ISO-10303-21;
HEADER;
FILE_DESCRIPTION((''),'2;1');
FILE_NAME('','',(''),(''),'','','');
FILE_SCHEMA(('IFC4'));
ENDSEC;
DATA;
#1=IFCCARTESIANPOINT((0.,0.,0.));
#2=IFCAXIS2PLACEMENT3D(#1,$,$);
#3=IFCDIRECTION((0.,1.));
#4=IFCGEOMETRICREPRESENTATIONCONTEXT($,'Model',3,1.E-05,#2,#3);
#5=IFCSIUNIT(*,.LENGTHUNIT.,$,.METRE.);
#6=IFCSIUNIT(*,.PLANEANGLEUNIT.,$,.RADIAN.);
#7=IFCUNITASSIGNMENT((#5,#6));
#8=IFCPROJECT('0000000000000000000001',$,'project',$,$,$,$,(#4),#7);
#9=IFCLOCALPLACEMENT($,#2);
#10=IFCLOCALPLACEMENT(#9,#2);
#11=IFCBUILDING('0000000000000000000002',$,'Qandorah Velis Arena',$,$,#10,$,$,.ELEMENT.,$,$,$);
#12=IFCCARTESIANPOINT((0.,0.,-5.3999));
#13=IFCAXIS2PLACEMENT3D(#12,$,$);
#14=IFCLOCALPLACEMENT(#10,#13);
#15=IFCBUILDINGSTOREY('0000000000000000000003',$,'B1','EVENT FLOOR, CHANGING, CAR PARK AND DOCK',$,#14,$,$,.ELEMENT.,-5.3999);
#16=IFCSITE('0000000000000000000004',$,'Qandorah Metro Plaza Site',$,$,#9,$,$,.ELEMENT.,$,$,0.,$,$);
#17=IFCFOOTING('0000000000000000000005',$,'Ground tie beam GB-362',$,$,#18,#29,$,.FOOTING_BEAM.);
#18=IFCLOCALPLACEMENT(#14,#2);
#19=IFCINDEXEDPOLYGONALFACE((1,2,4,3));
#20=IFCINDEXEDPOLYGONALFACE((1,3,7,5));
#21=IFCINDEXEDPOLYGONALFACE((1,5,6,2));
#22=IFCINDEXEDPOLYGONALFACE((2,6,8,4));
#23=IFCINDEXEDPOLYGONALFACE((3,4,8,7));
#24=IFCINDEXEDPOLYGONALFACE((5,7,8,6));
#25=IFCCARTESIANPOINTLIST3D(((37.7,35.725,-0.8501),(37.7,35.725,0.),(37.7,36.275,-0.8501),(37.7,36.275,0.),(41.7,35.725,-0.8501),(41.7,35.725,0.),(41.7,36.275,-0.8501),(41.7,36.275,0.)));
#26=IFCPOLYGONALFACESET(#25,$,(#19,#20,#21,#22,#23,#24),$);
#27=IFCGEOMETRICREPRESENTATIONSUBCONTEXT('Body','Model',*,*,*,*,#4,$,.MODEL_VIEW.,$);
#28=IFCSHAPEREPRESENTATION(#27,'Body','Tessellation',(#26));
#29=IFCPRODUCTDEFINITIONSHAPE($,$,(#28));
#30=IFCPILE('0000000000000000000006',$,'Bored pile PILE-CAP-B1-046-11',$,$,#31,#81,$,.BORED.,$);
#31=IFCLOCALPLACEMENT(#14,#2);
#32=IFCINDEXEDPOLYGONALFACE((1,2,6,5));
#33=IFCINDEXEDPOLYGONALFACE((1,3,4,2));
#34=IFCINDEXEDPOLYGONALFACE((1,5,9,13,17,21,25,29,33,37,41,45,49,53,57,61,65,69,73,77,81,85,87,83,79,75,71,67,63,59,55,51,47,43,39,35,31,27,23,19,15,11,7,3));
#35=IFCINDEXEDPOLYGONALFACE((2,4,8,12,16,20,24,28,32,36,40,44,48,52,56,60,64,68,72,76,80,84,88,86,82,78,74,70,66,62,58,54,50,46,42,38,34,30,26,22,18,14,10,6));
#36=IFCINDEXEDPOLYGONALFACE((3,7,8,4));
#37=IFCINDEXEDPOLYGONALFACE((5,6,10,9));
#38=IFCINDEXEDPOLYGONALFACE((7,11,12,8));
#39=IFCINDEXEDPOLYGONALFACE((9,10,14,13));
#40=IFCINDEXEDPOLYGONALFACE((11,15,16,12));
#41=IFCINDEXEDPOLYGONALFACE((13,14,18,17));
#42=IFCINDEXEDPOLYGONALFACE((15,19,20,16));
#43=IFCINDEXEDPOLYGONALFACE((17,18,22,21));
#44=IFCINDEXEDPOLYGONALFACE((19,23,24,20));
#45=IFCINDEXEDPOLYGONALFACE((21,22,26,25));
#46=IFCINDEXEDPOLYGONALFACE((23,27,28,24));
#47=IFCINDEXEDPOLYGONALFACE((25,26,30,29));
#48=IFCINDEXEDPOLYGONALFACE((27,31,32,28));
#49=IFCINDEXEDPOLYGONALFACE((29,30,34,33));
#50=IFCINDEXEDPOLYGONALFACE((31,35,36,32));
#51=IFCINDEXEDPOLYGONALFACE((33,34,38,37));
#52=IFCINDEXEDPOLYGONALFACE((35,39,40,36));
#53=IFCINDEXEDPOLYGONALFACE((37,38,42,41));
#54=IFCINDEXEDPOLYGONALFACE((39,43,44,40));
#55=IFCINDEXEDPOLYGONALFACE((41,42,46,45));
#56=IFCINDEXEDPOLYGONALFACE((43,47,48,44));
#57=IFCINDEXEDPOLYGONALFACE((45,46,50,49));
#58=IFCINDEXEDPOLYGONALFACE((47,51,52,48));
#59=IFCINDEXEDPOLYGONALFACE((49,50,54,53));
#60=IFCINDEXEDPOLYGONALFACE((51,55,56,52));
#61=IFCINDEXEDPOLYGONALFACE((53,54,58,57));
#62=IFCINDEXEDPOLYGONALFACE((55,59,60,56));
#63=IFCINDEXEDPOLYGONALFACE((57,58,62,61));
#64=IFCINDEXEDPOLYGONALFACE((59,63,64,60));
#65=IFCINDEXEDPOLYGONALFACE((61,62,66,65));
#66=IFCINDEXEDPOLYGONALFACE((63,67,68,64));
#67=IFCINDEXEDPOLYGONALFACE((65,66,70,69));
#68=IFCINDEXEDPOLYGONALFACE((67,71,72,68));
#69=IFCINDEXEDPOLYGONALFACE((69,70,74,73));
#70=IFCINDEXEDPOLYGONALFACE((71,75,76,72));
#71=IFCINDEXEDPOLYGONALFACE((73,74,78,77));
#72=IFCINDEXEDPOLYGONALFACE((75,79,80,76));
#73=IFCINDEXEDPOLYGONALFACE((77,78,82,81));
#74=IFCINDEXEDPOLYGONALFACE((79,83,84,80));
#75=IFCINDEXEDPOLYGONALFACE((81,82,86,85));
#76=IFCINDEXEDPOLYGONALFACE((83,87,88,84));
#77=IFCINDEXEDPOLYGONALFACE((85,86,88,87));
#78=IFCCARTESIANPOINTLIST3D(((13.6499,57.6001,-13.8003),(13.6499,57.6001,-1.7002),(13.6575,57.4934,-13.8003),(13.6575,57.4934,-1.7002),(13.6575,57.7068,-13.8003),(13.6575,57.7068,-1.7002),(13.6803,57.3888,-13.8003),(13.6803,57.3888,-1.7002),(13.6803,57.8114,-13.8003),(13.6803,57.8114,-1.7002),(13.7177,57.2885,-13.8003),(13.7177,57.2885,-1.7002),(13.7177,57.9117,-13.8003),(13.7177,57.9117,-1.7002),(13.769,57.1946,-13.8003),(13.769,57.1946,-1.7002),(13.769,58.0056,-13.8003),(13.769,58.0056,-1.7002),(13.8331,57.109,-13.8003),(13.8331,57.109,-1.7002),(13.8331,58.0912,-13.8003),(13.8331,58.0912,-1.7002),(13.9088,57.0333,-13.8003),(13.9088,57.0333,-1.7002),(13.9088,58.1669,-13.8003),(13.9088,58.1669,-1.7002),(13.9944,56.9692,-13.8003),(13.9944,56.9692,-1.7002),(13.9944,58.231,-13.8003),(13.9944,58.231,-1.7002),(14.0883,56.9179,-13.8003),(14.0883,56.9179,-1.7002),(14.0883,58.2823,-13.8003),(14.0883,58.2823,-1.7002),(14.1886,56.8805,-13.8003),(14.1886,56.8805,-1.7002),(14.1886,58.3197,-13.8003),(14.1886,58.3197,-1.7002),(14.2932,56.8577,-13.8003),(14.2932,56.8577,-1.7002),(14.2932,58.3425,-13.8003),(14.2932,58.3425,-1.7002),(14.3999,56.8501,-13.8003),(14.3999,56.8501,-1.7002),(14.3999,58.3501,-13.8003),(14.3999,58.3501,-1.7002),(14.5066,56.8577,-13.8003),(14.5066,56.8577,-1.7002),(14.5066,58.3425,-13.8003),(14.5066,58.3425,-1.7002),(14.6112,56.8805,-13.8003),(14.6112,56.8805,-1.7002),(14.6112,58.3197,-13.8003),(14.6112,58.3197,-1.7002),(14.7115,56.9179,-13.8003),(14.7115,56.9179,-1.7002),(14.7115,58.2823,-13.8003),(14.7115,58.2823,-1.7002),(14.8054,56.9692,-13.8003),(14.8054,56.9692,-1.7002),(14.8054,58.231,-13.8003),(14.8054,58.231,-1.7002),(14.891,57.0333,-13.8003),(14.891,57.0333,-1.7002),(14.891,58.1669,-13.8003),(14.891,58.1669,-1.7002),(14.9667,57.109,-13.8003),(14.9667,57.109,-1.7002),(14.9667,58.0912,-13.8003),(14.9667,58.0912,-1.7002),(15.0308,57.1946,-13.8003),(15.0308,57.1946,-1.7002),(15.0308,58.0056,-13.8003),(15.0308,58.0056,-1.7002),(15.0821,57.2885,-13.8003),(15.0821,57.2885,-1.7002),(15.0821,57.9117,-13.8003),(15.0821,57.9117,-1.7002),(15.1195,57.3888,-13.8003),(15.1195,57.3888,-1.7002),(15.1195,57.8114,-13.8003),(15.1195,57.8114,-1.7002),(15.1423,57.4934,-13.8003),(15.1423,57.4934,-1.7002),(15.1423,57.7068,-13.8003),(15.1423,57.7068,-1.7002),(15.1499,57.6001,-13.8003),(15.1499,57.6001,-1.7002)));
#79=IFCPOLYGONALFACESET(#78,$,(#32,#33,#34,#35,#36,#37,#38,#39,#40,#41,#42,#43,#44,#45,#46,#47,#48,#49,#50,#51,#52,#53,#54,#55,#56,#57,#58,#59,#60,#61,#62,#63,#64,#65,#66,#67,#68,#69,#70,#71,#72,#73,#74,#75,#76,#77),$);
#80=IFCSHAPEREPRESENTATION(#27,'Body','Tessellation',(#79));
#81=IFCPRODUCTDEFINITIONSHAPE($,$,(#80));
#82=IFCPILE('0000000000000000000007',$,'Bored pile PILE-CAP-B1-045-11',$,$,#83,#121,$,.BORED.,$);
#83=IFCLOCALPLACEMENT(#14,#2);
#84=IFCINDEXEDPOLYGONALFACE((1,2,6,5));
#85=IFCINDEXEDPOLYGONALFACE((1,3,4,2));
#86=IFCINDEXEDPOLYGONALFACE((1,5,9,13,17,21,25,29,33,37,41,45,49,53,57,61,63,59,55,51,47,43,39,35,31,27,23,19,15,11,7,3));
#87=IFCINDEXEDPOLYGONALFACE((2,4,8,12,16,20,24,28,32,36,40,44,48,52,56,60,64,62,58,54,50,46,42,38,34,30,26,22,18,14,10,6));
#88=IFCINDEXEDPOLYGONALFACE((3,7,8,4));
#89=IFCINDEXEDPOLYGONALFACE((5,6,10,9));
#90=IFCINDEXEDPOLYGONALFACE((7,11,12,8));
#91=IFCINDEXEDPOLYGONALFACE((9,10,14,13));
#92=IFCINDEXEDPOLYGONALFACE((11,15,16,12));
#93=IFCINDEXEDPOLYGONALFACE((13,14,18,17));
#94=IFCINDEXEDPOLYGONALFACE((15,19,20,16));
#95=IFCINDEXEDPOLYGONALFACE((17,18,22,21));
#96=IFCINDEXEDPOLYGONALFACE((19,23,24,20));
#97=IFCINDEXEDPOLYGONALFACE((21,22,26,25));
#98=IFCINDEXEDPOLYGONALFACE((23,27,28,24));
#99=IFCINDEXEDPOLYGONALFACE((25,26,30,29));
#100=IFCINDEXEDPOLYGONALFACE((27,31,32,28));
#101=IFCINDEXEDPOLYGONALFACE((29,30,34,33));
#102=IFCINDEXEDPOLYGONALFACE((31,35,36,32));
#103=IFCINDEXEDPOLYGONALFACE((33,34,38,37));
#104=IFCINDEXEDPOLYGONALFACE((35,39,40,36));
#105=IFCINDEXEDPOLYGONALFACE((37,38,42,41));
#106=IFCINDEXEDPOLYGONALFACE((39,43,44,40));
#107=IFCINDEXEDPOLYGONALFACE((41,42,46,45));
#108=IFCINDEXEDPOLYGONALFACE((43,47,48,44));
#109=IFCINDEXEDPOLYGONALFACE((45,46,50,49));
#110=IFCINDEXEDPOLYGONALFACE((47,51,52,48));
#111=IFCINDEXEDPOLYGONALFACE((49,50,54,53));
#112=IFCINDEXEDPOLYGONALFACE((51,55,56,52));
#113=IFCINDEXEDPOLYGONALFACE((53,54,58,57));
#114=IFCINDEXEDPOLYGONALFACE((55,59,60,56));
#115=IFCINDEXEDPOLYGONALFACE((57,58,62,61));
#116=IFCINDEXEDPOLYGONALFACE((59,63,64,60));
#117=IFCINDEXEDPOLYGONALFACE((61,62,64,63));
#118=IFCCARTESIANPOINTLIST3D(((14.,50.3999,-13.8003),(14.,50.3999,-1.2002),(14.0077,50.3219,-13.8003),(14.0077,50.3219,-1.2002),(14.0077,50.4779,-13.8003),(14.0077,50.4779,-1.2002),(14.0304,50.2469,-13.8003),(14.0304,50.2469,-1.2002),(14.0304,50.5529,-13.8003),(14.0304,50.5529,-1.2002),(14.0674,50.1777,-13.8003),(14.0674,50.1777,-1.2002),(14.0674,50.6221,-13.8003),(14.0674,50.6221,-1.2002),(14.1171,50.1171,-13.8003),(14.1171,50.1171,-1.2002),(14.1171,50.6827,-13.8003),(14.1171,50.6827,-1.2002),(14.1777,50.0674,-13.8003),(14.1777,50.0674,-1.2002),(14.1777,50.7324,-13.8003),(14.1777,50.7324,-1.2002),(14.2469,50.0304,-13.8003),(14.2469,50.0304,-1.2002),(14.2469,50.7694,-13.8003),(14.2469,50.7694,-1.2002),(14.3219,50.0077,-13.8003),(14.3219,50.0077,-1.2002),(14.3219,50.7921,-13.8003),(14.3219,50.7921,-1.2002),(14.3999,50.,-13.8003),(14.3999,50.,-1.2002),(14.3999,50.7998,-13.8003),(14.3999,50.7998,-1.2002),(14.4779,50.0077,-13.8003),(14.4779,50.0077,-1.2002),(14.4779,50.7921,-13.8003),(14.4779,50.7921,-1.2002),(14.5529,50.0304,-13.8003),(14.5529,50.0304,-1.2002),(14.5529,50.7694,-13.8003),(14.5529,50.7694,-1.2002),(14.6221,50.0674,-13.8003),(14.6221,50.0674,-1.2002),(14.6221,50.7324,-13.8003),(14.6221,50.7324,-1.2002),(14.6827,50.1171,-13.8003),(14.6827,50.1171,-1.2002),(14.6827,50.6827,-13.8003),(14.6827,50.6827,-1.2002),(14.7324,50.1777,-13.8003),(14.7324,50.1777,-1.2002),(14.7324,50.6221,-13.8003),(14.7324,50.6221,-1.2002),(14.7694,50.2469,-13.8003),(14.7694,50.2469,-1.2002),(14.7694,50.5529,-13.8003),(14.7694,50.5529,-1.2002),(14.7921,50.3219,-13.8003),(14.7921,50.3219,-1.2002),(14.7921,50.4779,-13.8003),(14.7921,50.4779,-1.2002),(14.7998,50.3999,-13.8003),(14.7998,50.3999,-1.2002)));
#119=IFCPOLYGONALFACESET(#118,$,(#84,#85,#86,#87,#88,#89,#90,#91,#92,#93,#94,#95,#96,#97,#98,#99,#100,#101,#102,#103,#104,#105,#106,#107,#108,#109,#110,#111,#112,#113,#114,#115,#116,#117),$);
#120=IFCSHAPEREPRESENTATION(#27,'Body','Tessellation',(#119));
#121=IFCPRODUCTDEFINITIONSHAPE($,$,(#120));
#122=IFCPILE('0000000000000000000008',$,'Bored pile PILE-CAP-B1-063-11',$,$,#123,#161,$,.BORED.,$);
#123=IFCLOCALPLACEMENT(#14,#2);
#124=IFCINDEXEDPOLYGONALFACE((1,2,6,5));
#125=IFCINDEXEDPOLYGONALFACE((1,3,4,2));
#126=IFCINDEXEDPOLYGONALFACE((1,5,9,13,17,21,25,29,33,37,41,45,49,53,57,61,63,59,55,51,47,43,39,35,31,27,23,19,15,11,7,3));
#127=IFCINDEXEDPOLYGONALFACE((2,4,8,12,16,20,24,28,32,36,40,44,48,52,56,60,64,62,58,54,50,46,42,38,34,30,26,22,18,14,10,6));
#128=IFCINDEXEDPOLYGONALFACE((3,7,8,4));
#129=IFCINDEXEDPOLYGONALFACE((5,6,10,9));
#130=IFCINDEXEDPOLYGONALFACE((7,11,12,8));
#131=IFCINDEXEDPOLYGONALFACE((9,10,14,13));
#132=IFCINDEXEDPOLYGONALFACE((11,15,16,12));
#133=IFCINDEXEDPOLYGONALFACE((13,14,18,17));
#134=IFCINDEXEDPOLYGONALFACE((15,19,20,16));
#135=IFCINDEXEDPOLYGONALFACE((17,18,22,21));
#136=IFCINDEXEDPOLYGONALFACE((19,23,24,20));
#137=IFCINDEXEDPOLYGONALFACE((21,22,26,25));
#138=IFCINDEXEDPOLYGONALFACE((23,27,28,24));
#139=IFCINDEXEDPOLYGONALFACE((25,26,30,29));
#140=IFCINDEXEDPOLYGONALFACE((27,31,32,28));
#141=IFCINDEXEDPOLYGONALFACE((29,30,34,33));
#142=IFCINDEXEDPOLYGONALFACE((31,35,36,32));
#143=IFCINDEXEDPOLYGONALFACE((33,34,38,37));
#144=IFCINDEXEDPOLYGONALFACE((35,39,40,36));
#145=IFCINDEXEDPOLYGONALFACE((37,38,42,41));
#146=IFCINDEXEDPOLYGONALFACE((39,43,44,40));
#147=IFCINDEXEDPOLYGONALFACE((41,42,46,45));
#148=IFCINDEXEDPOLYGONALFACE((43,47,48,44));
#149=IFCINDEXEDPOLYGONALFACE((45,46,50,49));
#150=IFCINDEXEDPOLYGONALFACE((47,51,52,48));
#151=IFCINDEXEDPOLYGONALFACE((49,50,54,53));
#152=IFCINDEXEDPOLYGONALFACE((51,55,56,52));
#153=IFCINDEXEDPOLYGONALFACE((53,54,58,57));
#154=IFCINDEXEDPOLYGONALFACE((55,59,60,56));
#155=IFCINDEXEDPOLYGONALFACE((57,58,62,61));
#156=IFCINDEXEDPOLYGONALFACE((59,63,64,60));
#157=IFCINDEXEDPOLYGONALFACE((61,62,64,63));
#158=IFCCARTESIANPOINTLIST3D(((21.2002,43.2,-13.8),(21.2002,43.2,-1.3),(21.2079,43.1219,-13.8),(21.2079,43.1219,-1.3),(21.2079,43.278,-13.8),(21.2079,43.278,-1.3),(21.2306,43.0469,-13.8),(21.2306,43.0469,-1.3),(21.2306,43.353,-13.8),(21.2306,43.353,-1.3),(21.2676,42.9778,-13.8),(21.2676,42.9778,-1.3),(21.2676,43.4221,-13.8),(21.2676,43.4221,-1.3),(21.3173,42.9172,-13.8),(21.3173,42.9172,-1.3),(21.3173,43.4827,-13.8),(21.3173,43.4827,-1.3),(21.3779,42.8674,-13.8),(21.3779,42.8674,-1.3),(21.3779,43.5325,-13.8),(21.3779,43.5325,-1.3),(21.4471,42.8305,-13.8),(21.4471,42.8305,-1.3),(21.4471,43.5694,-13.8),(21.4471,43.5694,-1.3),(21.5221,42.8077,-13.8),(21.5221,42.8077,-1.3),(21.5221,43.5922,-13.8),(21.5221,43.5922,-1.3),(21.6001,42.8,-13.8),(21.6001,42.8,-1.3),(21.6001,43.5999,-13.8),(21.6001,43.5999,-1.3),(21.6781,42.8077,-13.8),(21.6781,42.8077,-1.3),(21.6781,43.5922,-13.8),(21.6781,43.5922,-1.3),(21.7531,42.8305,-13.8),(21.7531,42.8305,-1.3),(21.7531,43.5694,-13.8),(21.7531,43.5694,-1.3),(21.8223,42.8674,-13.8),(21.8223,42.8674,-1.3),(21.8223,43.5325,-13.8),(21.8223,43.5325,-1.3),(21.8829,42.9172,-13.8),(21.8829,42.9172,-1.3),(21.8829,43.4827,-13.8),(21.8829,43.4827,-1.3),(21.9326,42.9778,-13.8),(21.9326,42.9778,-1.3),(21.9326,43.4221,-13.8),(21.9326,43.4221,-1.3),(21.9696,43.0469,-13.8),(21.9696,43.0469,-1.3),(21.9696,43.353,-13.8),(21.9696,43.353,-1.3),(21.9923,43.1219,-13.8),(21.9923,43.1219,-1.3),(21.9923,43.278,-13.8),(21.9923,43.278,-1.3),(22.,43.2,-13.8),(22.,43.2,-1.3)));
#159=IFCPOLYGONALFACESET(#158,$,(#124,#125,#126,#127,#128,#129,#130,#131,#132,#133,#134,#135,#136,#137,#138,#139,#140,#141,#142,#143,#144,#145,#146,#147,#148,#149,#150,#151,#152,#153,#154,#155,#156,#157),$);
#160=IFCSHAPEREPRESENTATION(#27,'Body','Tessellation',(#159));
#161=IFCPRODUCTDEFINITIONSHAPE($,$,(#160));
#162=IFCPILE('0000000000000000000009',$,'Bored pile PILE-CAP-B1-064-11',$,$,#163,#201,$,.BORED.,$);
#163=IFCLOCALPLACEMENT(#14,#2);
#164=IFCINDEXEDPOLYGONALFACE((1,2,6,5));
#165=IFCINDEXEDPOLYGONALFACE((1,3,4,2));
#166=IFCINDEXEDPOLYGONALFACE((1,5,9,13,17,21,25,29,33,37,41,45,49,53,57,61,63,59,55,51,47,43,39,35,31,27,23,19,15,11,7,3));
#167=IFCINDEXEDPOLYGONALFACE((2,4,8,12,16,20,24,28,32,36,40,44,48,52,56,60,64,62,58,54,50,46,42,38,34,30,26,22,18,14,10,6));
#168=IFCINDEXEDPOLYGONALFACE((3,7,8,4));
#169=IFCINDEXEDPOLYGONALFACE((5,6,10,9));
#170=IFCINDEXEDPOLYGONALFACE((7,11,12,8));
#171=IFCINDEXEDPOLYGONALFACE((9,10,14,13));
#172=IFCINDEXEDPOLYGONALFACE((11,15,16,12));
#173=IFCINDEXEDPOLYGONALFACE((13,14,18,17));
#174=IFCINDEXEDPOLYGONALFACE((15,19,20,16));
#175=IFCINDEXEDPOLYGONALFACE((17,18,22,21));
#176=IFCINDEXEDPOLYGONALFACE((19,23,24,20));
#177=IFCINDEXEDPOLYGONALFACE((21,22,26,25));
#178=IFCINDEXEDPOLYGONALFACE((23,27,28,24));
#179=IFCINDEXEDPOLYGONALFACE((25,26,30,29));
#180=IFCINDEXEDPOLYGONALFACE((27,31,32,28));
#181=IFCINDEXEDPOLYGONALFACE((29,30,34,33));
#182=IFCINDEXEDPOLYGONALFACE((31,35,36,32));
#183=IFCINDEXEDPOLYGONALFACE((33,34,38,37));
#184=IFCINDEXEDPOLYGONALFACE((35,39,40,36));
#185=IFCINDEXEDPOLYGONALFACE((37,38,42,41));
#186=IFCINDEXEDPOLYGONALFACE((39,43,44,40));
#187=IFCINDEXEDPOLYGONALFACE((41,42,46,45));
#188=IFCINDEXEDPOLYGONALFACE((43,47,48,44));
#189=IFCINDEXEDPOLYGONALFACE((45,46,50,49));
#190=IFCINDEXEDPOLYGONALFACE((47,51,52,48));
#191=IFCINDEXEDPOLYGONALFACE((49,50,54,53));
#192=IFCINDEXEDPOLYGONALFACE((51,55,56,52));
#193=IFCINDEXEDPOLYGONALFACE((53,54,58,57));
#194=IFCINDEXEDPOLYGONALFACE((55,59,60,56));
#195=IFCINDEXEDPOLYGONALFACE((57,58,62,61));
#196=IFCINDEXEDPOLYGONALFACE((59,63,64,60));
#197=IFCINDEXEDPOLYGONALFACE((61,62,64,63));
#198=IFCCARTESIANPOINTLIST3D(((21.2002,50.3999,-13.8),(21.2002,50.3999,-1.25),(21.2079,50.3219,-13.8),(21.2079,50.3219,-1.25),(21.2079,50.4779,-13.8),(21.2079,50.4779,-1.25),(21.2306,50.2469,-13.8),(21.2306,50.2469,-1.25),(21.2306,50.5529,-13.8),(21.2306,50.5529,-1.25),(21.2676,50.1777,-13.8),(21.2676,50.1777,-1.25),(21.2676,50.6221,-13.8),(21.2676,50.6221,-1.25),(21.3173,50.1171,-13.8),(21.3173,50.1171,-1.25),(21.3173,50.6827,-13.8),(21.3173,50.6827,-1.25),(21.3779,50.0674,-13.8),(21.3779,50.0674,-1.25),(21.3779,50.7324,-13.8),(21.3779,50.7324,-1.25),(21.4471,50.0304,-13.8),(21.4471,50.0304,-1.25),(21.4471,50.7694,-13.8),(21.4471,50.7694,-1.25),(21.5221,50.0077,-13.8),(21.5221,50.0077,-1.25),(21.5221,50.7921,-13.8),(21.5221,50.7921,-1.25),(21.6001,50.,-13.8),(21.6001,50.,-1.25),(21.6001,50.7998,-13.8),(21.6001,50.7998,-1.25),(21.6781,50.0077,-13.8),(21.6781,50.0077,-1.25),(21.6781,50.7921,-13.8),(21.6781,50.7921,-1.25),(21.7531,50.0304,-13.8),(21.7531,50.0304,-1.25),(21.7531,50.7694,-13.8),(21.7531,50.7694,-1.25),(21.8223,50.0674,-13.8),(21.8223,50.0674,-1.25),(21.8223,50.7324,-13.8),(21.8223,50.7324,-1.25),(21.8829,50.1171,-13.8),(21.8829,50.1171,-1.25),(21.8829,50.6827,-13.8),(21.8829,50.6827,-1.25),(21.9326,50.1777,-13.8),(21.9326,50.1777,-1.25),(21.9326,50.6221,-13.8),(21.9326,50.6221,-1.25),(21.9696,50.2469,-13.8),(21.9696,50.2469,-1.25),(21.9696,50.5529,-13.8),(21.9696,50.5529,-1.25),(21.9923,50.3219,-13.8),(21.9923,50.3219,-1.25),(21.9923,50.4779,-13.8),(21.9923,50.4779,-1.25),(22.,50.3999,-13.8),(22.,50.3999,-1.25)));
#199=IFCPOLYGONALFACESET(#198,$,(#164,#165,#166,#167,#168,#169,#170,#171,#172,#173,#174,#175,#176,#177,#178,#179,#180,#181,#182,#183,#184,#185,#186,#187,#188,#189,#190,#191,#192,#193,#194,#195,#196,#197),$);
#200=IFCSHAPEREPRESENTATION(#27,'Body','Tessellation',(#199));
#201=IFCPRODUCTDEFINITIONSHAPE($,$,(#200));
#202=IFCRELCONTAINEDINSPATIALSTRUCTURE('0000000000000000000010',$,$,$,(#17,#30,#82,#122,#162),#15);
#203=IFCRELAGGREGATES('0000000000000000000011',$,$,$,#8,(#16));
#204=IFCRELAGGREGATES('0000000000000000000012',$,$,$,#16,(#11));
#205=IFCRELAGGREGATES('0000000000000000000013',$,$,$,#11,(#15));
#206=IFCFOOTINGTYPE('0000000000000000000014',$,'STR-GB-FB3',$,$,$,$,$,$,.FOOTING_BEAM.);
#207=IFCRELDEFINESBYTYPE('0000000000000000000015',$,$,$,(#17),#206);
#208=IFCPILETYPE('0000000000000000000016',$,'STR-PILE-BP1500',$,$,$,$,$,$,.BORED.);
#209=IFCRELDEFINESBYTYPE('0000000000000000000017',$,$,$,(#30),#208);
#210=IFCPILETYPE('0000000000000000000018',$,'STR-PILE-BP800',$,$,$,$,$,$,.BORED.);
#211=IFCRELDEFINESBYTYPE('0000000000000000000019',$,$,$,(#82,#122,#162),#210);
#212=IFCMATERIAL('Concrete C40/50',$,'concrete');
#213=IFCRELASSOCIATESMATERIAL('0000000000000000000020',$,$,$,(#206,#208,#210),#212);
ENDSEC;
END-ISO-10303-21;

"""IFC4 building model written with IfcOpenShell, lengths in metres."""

from ifc_helpers import new_model, si_unit, direction, frame, origin, origin_2d, place, context, subcontext, project, spatial, rectangle, circle, extrude, material, material_profile, profile_set, type_object, element, save


model = new_model("IFC4")

# Units and contexts
model_context = context("Model", 3, precision=1e-05, world=origin(), true_north=direction((0.0, 1.0)))
body_context = subcontext(model_context, "Body", "Model", "MODEL_VIEW")
ifc_project = project(units=[si_unit("LENGTHUNIT", "METRE"), si_unit("PLANEANGLEUNIT", "RADIAN")], contexts=[model_context])

# Site, building, storey
site_placement = place(None, origin())
site = spatial("IfcSite", under=ifc_project, at=site_placement, Name="Qandorah Metro Plaza Site", CompositionType="ELEMENT", RefElevation=0.0)
building_placement = place(site_placement, origin())
building = spatial("IfcBuilding", under=site, at=building_placement, Name="Qandorah Velis Arena", CompositionType="ELEMENT")
storey_placement = place(building_placement, frame((0.0, 0.0, -5.3999)))
storey = spatial("IfcBuildingStorey", under=building, at=storey_placement, Name="B1", Description="EVENT FLOOR, CHANGING, CAR PARK AND DOCK", CompositionType="ELEMENT", Elevation=-5.3999)

# Footing
ifc_material_1 = material(Name="Concrete C40/50", Category="concrete")
ifc_material_profile_1 = material_profile(ifc_material_1, rectangle(XDim=0.55, YDim=0.8501, at=origin_2d()), Name="GB3 550x850")
ifc_profile_set_1 = profile_set([ifc_material_profile_1], Name="Concrete C40/50")
footing_type_1 = type_object("IfcFootingType", Name="STR-GB-FB3", PredefinedType="FOOTING_BEAM", material=ifc_profile_set_1)
footing_1_placement = place(storey_placement, frame((37.7, 36.0, -0.425), z_axis=(1.0, 0.0, 0.0), x_axis=(0.0, 1.0, 0.0)))
element("IfcFooting", 1, at=footing_1_placement, inside=storey, type_object=footing_type_1, Name="Ground tie beam GB-362", PredefinedType="FOOTING_BEAM", context=body_context, shape_type="SweptSolid", body=[
    extrude(rectangle(XDim=0.55, YDim=0.8501, at=origin_2d()), origin(), (0.0, 0.0, 1.0), 4.0),
])

# Piles
ifc_material_profile_2 = material_profile(ifc_material_1, circle(Radius=0.75, at=origin_2d()), Name="BORED PILE D1500")
ifc_profile_set_2 = profile_set([ifc_material_profile_2], Name="Concrete C40/50")
pile_type_1 = type_object("IfcPileType", Name="STR-PILE-BP1500", PredefinedType="BORED", material=ifc_profile_set_2)
pile_1_placement = place(storey_placement, frame((14.3999, 57.6001, -1.7002), z_axis=(0.0, 0.0, -1.0), x_axis=(1.0, 0.0, 0.0)))
element("IfcPile", 2, at=pile_1_placement, inside=storey, type_object=pile_type_1, Name="Bored pile PILE-CAP-B1-046-11", PredefinedType="BORED", context=body_context, shape_type="SweptSolid", body=[
    extrude(circle(Radius=0.75, at=origin_2d()), origin(), (0.0, 0.0, 1.0), 12.1001),
])
ifc_material_profile_3 = material_profile(ifc_material_1, circle(Radius=0.3999, at=origin_2d()), Name="BORED PILE D800")
ifc_profile_set_3 = profile_set([ifc_material_profile_3], Name="Concrete C40/50")
pile_type_2 = type_object("IfcPileType", Name="STR-PILE-BP800", PredefinedType="BORED", material=ifc_profile_set_3)
pile_2_placement = place(storey_placement, frame((14.3999, 50.3999, -1.2002), z_axis=(0.0, 0.0, -1.0), x_axis=(1.0, 0.0, 0.0)))
element("IfcPile", 3, at=pile_2_placement, inside=storey, type_object=pile_type_2, Name="Bored pile PILE-CAP-B1-045-11", PredefinedType="BORED", context=body_context, shape_type="SweptSolid", body=[
    extrude(circle(Radius=0.3999, at=origin_2d()), origin(), (0.0, 0.0, 1.0), 12.6001),
])
pile_3_placement = place(storey_placement, frame((21.6001, 43.2, -1.3), z_axis=(0.0, 0.0, -1.0), x_axis=(1.0, 0.0, 0.0)))
element("IfcPile", 4, at=pile_3_placement, inside=storey, type_object=pile_type_2, Name="Bored pile PILE-CAP-B1-063-11", PredefinedType="BORED", context=body_context, shape_type="SweptSolid", body=[
    extrude(circle(Radius=0.3999, at=origin_2d()), origin(), (0.0, 0.0, 1.0), 12.5),
])
pile_4_placement = place(storey_placement, frame((21.6001, 50.3999, -1.25), z_axis=(0.0, 0.0, -1.0), x_axis=(1.0, 0.0, 0.0)))
element("IfcPile", 5, at=pile_4_placement, inside=storey, type_object=pile_type_2, Name="Bored pile PILE-CAP-B1-064-11", PredefinedType="BORED", context=body_context, shape_type="SweptSolid", body=[
    extrude(circle(Radius=0.3999, at=origin_2d()), origin(), (0.0, 0.0, 1.0), 12.55),
])

save(model, "model.ifc")
